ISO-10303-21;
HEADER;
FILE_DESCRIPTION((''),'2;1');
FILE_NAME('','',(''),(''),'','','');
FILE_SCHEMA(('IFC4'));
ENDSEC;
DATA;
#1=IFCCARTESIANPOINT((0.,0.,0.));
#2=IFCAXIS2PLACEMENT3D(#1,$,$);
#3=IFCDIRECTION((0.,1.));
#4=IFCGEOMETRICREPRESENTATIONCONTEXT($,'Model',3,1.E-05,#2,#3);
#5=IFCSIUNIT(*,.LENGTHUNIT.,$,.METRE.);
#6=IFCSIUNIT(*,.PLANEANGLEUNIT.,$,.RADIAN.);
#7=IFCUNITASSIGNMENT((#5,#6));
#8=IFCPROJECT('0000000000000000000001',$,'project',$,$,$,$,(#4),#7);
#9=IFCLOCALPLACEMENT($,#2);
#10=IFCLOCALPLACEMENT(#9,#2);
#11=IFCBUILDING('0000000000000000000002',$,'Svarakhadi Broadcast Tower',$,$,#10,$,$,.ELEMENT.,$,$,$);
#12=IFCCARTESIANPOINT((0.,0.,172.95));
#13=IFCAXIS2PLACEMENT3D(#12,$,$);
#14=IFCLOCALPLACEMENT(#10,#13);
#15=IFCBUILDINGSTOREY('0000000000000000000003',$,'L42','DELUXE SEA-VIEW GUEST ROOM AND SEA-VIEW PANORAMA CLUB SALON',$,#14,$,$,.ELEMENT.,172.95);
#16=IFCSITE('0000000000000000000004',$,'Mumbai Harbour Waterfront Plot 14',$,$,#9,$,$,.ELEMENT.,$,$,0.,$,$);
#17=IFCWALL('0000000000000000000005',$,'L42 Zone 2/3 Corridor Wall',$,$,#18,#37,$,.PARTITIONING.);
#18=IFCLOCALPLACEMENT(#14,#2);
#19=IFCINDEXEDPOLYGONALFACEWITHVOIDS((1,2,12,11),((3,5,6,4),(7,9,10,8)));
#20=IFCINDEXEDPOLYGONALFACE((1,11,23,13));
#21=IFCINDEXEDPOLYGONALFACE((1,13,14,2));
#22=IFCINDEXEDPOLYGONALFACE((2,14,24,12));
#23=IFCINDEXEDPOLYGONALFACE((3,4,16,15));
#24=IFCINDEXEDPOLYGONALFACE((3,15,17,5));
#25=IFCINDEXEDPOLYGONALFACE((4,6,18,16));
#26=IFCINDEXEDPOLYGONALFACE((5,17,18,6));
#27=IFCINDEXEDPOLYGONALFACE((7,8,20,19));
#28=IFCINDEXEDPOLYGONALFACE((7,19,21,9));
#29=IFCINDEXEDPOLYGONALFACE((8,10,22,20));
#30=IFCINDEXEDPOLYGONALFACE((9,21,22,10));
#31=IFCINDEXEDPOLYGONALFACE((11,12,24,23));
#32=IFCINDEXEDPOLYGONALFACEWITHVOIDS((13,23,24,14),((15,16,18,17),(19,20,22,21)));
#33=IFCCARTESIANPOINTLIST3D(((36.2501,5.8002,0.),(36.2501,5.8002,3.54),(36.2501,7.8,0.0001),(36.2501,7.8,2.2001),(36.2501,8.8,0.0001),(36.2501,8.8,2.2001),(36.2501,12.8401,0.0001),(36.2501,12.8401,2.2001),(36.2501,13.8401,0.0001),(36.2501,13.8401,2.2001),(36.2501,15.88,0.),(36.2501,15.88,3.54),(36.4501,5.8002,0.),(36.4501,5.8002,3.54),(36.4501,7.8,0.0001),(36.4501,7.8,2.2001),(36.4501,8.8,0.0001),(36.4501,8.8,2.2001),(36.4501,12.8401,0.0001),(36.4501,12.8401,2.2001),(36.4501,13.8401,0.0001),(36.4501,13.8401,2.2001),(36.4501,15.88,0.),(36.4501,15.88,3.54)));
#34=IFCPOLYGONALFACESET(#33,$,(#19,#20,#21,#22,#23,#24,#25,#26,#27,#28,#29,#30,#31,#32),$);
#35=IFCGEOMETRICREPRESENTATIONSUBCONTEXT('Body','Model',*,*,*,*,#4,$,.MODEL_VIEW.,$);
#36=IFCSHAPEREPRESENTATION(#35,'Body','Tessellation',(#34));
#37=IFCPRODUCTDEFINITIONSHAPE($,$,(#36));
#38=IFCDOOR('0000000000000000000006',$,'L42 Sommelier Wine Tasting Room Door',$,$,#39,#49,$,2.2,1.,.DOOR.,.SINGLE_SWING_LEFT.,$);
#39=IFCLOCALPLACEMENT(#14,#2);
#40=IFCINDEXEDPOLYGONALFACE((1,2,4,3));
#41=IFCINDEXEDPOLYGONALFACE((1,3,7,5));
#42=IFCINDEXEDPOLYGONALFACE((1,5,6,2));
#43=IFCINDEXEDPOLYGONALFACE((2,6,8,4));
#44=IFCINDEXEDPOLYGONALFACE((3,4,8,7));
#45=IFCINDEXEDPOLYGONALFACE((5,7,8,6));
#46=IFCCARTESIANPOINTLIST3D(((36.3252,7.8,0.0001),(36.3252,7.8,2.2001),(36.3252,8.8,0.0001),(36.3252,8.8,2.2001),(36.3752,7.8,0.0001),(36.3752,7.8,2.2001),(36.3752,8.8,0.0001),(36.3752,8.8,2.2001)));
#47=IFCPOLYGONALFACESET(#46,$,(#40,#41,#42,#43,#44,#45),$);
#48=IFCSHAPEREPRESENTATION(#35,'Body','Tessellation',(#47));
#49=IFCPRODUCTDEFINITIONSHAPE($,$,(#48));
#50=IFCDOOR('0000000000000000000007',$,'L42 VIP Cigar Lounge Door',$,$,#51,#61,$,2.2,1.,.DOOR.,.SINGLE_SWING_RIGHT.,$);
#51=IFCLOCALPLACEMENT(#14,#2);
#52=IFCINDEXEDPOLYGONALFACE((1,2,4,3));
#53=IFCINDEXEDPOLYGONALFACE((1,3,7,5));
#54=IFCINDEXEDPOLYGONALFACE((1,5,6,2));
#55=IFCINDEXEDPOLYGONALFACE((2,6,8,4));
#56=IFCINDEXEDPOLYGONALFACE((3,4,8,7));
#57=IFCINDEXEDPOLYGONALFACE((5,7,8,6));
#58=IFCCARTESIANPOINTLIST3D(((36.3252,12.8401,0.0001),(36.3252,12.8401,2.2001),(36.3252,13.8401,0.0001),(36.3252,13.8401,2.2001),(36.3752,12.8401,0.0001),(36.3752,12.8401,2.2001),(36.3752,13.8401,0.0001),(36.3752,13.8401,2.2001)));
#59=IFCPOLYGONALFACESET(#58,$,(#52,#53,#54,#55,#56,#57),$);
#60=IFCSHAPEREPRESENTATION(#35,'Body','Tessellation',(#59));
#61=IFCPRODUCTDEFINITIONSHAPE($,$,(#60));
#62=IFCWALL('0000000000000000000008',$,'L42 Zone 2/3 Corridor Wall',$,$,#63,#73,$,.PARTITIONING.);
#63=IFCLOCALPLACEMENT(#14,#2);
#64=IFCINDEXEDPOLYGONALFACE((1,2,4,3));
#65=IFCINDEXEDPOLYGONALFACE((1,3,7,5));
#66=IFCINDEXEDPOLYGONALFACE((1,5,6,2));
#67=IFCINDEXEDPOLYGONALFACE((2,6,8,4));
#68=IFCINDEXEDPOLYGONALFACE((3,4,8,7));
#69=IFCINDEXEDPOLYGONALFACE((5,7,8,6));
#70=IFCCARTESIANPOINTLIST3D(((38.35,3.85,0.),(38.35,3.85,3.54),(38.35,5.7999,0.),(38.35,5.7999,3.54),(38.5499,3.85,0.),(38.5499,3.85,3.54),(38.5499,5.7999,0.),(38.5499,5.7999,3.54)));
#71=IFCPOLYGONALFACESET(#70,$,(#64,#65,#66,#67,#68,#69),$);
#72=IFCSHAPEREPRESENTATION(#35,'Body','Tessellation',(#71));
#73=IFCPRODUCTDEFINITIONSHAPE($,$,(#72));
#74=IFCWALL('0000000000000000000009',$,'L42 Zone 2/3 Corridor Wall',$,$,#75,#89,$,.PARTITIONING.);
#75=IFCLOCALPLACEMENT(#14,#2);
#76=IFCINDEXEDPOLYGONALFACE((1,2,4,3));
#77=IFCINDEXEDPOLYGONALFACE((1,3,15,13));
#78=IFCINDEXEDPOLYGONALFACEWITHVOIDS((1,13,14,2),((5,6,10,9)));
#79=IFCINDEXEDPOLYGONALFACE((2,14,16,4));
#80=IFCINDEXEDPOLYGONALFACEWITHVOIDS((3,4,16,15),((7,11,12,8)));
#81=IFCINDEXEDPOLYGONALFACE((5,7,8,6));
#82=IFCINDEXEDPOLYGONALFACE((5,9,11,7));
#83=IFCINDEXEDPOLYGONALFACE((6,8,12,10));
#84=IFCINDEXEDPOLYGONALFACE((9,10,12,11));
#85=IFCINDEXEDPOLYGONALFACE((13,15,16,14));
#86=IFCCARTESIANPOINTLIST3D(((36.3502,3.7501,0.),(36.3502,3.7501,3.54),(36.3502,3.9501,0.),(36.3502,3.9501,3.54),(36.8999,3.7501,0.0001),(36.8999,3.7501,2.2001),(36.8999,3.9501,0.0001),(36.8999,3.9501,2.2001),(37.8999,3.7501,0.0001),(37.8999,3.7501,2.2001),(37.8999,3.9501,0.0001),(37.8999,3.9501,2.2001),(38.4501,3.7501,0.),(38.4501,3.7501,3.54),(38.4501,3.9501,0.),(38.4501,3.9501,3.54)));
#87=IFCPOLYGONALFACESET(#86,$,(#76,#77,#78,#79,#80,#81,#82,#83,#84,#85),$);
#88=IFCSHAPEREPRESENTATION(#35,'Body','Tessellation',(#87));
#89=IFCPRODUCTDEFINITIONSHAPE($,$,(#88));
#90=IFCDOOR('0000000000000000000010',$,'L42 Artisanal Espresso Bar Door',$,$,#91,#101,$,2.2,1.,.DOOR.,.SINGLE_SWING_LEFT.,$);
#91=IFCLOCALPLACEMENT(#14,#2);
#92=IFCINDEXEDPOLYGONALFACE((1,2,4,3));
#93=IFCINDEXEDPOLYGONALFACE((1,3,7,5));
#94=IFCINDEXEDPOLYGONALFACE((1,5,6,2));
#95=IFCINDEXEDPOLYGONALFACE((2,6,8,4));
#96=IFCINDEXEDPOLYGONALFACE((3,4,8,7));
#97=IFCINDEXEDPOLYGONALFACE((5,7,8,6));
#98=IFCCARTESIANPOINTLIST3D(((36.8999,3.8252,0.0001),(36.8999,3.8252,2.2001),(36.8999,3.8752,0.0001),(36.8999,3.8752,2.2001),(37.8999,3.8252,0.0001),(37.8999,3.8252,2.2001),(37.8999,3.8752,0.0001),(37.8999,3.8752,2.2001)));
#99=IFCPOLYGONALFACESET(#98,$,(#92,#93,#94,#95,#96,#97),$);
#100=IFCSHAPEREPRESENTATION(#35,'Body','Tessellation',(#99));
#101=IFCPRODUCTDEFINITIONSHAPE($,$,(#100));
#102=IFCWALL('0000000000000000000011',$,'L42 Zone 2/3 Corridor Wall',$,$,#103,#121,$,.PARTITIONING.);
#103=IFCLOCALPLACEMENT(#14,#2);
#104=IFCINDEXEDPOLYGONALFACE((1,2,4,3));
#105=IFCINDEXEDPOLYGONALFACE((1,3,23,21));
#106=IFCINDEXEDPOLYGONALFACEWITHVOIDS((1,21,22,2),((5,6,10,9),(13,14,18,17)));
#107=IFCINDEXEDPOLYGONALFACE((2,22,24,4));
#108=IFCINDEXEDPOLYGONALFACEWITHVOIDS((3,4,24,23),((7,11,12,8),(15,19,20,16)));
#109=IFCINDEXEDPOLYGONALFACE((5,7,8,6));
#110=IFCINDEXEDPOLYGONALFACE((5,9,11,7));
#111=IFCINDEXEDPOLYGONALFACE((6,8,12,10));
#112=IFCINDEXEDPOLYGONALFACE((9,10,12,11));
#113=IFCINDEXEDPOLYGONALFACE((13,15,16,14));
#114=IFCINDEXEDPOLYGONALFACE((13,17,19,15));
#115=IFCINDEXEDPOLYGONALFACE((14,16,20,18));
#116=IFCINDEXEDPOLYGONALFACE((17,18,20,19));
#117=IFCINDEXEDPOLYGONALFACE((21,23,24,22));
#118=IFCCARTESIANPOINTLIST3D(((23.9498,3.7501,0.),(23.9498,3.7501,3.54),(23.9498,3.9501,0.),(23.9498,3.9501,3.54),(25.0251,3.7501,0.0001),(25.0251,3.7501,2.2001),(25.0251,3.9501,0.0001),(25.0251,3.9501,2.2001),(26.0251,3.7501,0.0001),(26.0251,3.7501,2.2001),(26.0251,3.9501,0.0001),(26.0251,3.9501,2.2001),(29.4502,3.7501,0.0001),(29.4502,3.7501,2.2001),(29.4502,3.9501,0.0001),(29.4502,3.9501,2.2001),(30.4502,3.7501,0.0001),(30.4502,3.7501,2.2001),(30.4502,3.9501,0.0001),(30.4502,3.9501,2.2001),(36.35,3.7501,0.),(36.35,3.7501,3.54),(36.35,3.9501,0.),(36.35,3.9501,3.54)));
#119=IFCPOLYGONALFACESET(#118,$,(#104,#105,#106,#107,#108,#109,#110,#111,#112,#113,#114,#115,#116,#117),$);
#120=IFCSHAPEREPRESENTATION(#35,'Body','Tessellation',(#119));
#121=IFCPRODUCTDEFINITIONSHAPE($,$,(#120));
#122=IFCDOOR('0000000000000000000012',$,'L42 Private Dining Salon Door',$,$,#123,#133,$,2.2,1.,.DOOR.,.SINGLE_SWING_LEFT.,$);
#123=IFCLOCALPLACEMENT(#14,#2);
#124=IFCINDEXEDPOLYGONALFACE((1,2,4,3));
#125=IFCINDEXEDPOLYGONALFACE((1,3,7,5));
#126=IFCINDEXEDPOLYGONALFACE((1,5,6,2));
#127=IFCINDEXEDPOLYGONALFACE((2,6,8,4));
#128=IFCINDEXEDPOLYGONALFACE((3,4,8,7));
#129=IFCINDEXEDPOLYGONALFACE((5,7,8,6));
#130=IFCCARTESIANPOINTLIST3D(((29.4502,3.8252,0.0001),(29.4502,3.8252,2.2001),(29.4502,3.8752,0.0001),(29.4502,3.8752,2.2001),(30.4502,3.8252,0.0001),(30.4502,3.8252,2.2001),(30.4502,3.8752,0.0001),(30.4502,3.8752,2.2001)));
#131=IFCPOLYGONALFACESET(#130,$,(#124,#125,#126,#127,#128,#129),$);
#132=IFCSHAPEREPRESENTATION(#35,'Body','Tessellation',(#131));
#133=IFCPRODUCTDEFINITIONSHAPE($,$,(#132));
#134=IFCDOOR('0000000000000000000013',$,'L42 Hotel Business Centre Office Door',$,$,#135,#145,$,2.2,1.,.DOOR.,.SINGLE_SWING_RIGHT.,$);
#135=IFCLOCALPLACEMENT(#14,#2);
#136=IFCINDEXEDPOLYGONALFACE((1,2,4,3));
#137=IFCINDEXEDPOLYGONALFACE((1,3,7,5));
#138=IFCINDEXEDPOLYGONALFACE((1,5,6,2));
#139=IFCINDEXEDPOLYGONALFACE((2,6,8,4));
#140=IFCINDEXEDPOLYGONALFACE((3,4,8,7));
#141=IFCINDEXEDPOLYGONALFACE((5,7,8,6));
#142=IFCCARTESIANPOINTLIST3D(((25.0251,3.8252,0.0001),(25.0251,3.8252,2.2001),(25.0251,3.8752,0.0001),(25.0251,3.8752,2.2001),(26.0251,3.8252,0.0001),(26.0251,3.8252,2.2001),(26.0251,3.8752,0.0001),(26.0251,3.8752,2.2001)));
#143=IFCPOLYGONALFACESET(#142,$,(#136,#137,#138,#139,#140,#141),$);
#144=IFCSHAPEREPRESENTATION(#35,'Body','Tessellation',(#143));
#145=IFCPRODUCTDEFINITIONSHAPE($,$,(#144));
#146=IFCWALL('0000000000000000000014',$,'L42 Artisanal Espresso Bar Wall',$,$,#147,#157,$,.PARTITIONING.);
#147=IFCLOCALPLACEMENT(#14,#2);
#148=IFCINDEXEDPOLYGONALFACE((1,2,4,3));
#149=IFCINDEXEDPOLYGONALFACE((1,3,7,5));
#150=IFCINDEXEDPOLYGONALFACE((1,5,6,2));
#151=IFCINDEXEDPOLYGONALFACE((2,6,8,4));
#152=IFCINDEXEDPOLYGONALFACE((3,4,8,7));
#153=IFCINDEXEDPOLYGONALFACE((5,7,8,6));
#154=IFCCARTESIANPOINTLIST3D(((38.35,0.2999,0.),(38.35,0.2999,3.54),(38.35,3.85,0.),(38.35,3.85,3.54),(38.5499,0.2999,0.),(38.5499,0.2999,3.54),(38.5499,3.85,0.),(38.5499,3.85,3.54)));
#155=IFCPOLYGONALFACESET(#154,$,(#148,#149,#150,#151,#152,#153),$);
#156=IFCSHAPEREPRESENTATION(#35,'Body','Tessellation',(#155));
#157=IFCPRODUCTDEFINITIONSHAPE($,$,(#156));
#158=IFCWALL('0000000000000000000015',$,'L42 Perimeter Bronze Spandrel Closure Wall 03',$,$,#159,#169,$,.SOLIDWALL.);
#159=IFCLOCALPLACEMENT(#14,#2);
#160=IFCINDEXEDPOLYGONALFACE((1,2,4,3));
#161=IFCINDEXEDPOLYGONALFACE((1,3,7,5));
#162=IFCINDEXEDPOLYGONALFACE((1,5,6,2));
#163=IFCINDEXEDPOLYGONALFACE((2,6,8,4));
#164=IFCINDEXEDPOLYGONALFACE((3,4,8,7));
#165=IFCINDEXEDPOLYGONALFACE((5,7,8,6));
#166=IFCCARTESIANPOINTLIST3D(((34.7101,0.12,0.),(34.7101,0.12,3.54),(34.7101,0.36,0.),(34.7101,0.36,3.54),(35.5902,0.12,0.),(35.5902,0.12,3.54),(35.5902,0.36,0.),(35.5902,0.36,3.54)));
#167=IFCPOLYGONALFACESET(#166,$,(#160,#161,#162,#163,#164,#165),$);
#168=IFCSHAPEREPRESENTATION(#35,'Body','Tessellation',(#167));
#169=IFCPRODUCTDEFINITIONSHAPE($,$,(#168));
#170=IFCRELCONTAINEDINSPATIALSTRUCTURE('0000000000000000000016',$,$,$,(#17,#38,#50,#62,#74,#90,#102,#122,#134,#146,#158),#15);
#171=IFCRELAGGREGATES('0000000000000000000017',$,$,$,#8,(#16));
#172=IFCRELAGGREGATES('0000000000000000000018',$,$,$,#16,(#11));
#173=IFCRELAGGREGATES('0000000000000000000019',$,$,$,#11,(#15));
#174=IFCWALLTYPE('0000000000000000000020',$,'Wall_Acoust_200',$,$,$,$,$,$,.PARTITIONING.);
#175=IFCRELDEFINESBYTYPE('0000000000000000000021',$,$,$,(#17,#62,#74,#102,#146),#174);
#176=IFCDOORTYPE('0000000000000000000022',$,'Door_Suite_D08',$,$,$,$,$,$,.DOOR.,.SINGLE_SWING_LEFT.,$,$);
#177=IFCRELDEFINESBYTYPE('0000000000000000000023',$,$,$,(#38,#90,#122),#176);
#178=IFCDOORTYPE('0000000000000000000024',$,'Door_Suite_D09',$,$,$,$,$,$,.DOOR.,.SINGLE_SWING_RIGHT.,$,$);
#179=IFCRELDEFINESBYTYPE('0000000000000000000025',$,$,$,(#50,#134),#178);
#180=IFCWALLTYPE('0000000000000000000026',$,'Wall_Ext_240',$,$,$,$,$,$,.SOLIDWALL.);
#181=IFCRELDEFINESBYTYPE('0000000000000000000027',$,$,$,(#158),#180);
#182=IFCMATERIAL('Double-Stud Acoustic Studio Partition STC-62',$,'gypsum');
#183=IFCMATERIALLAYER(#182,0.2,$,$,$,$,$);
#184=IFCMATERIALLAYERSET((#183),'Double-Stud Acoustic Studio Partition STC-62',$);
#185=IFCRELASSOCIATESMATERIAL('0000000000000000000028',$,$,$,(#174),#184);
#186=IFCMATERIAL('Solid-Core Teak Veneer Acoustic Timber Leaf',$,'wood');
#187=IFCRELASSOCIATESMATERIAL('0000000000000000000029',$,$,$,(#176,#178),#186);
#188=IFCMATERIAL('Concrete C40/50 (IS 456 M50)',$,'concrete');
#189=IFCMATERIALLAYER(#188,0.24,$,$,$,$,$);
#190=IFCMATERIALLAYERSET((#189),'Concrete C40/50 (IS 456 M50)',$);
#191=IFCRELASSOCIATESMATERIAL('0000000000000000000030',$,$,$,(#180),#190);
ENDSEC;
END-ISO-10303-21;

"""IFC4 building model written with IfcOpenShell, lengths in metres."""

from ifc_helpers import new_model, si_unit, direction, frame, frame_2d, origin, place, context, subcontext, project, spatial, rectangle, extrude, material, layer, layer_set, type_object, element, fill, save


model = new_model("IFC4")

# Units and contexts
model_context = context("Model", 3, precision=1e-05, world=origin(), true_north=direction((0.0, 1.0)))
body_context = subcontext(model_context, "Body", "Model", "MODEL_VIEW")
ifc_project = project(units=[si_unit("LENGTHUNIT", "METRE"), si_unit("PLANEANGLEUNIT", "RADIAN")], contexts=[model_context])

# Site, building, storey
site_placement = place(None, origin())
site = spatial("IfcSite", under=ifc_project, at=site_placement, Name="Mumbai Harbour Waterfront Plot 14", CompositionType="ELEMENT", RefElevation=0.0)
building_placement = place(site_placement, origin())
building = spatial("IfcBuilding", under=site, at=building_placement, Name="Svarakhadi Broadcast Tower", CompositionType="ELEMENT")
storey_placement = place(building_placement, frame((0.0, 0.0, 172.95)))
storey = spatial("IfcBuildingStorey", under=building, at=storey_placement, Name="L42", Description="DELUXE SEA-VIEW GUEST ROOM AND SEA-VIEW PANORAMA CLUB SALON", CompositionType="ELEMENT", Elevation=172.95)

# Wall, openings, doors
ifc_material_1 = material(Name="Double-Stud Acoustic Studio Partition STC-62", Category="gypsum")
ifc_layer_1 = layer(ifc_material_1, 0.2)
ifc_layer_set_1 = layer_set([ifc_layer_1], Name="Double-Stud Acoustic Studio Partition STC-62")
wall_type_1 = type_object("IfcWallType", Name="Wall_Acoust_200", PredefinedType="PARTITIONING", material=ifc_layer_set_1)
wall_1_placement = place(storey_placement, frame((36.3501, 5.8, 0.0), z_axis=(0.0, 0.0, 1.0), x_axis=(0.0, 1.0, 0.0)))
wall_1 = element("IfcWall", 1, at=wall_1_placement, inside=storey, type_object=wall_type_1, Name="L42 Zone 2/3 Corridor Wall", PredefinedType="PARTITIONING", context=body_context, shape_type="SweptSolid", body=[
    extrude(rectangle(XDim=10.0798, YDim=0.2, at=frame_2d((5.04, 0.0))), origin(), (0.0, 0.0, 1.0), 3.54),
])
opening_1_placement = place(wall_1_placement, frame((2.0, 0.0, 0.0)))
opening_1 = element("IfcOpeningElement", 2, at=opening_1_placement, cuts=wall_1, PredefinedType="OPENING", context=body_context, shape_type="SweptSolid", body=[
    extrude(rectangle(XDim=1.0, YDim=2.2, at=frame_2d((0.5, 1.1001))), frame((0.0, 0.1099, 0.0), z_axis=(0.0, -1.0, 0.0), x_axis=(1.0, 0.0, 0.0)), (0.0, 0.0, 1.0), 0.22),
])
opening_2_placement = place(wall_1_placement, frame((7.04, 0.0, 0.0)))
opening_2 = element("IfcOpeningElement", 3, at=opening_2_placement, cuts=wall_1, PredefinedType="OPENING", context=body_context, shape_type="SweptSolid", body=[
    extrude(rectangle(XDim=1.0, YDim=2.2, at=frame_2d((0.5, 1.1001))), frame((0.0, 0.1099, 0.0), z_axis=(0.0, -1.0, 0.0), x_axis=(1.0, 0.0, 0.0)), (0.0, 0.0, 1.0), 0.22),
])
ifc_material_2 = material(Name="Solid-Core Teak Veneer Acoustic Timber Leaf", Category="wood")
door_type_1 = type_object("IfcDoorType", Name="Door_Suite_D08", OperationType="SINGLE_SWING_LEFT", PredefinedType="DOOR", material=ifc_material_2)
door_1_placement = place(opening_1_placement, origin())
door_1 = element("IfcDoor", 4, at=door_1_placement, inside=storey, type_object=door_type_1, Name="L42 Sommelier Wine Tasting Room Door", OperationType="SINGLE_SWING_LEFT", OverallHeight=2.2, OverallWidth=1.0, PredefinedType="DOOR", context=body_context, shape_type="SweptSolid", body=[
    extrude(rectangle(XDim=1.0, YDim=2.2, at=frame_2d((0.5, 1.1001))), frame((0.0, 0.0249, 0.0), z_axis=(0.0, -1.0, 0.0), x_axis=(1.0, 0.0, 0.0)), (0.0, 0.0, 1.0), 0.05),
])
fill(opening_1, door_1)
door_type_2 = type_object("IfcDoorType", Name="Door_Suite_D09", OperationType="SINGLE_SWING_RIGHT", PredefinedType="DOOR", material=ifc_material_2)
door_2_placement = place(opening_2_placement, origin())
door_2 = element("IfcDoor", 5, at=door_2_placement, inside=storey, type_object=door_type_2, Name="L42 VIP Cigar Lounge Door", OperationType="SINGLE_SWING_RIGHT", OverallHeight=2.2, OverallWidth=1.0, PredefinedType="DOOR", context=body_context, shape_type="SweptSolid", body=[
    extrude(rectangle(XDim=1.0, YDim=2.2, at=frame_2d((0.5, 1.1001))), frame((0.0, 0.0249, 0.0), z_axis=(0.0, -1.0, 0.0), x_axis=(1.0, 0.0, 0.0)), (0.0, 0.0, 1.0), 0.05),
])
fill(opening_2, door_2)

# Wall
wall_2_placement = place(storey_placement, frame((38.45, 5.8, 0.0), z_axis=(0.0, 0.0, 1.0), x_axis=(0.0, -1.0, 0.0)))
element("IfcWall", 6, at=wall_2_placement, inside=storey, type_object=wall_type_1, Name="L42 Zone 2/3 Corridor Wall", PredefinedType="PARTITIONING", context=body_context, shape_type="SweptSolid", body=[
    extrude(rectangle(XDim=1.95, YDim=0.2, at=frame_2d((0.9751, 0.0))), origin(), (0.0, 0.0, 1.0), 3.54),
])

# Wall, opening, door
wall_3_placement = place(storey_placement, frame((38.45, 3.8501, 0.0), z_axis=(0.0, 0.0, 1.0), x_axis=(-1.0, 0.0, 0.0)))
wall_3 = element("IfcWall", 7, at=wall_3_placement, inside=storey, type_object=wall_type_1, Name="L42 Zone 2/3 Corridor Wall", PredefinedType="PARTITIONING", context=body_context, shape_type="SweptSolid", body=[
    extrude(rectangle(XDim=2.0999, YDim=0.2, at=frame_2d((1.0498, 0.0))), origin(), (0.0, 0.0, 1.0), 3.54),
])
opening_3_placement = place(wall_3_placement, frame((0.55, 0.0, 0.0)))
opening_3 = element("IfcOpeningElement", 8, at=opening_3_placement, cuts=wall_3, PredefinedType="OPENING", context=body_context, shape_type="SweptSolid", body=[
    extrude(rectangle(XDim=1.0, YDim=2.2, at=frame_2d((0.5, 1.1001))), frame((0.0, 0.1099, 0.0), z_axis=(0.0, -1.0, 0.0), x_axis=(1.0, 0.0, 0.0)), (0.0, 0.0, 1.0), 0.22),
])
door_3_placement = place(opening_3_placement, origin())
door_3 = element("IfcDoor", 9, at=door_3_placement, inside=storey, type_object=door_type_1, Name="L42 Artisanal Espresso Bar Door", OperationType="SINGLE_SWING_LEFT", OverallHeight=2.2, OverallWidth=1.0, PredefinedType="DOOR", context=body_context, shape_type="SweptSolid", body=[
    extrude(rectangle(XDim=1.0, YDim=2.2, at=frame_2d((0.5, 1.1001))), frame((0.0, 0.0249, 0.0), z_axis=(0.0, -1.0, 0.0), x_axis=(1.0, 0.0, 0.0)), (0.0, 0.0, 1.0), 0.05),
])
fill(opening_3, door_3)

# Wall, openings, doors
wall_4_placement = place(storey_placement, frame((36.3501, 3.8501, 0.0), z_axis=(0.0, 0.0, 1.0), x_axis=(-1.0, 0.0, 0.0)))
wall_4 = element("IfcWall", 10, at=wall_4_placement, inside=storey, type_object=wall_type_1, Name="L42 Zone 2/3 Corridor Wall", PredefinedType="PARTITIONING", context=body_context, shape_type="SweptSolid", body=[
    extrude(rectangle(XDim=12.4001, YDim=0.2, at=frame_2d((6.2002, 0.0))), origin(), (0.0, 0.0, 1.0), 3.54),
])
opening_4_placement = place(wall_4_placement, frame((10.325, 0.0, 0.0)))
opening_4 = element("IfcOpeningElement", 11, at=opening_4_placement, cuts=wall_4, PredefinedType="OPENING", context=body_context, shape_type="SweptSolid", body=[
    extrude(rectangle(XDim=1.0, YDim=2.2, at=frame_2d((0.5, 1.1001))), frame((0.0, 0.1099, 0.0), z_axis=(0.0, -1.0, 0.0), x_axis=(1.0, 0.0, 0.0)), (0.0, 0.0, 1.0), 0.22),
])
opening_5_placement = place(wall_4_placement, frame((5.8999, 0.0, 0.0)))
opening_5 = element("IfcOpeningElement", 12, at=opening_5_placement, cuts=wall_4, PredefinedType="OPENING", context=body_context, shape_type="SweptSolid", body=[
    extrude(rectangle(XDim=1.0, YDim=2.2, at=frame_2d((0.5, 1.1001))), frame((0.0, 0.1099, 0.0), z_axis=(0.0, -1.0, 0.0), x_axis=(1.0, 0.0, 0.0)), (0.0, 0.0, 1.0), 0.22),
])
door_4_placement = place(opening_5_placement, origin())
door_4 = element("IfcDoor", 13, at=door_4_placement, inside=storey, type_object=door_type_1, Name="L42 Private Dining Salon Door", OperationType="SINGLE_SWING_LEFT", OverallHeight=2.2, OverallWidth=1.0, PredefinedType="DOOR", context=body_context, shape_type="SweptSolid", body=[
    extrude(rectangle(XDim=1.0, YDim=2.2, at=frame_2d((0.5, 1.1001))), frame((0.0, 0.0249, 0.0), z_axis=(0.0, -1.0, 0.0), x_axis=(1.0, 0.0, 0.0)), (0.0, 0.0, 1.0), 0.05),
])
fill(opening_5, door_4)
door_5_placement = place(opening_4_placement, origin())
door_5 = element("IfcDoor", 14, at=door_5_placement, inside=storey, type_object=door_type_2, Name="L42 Hotel Business Centre Office Door", OperationType="SINGLE_SWING_RIGHT", OverallHeight=2.2, OverallWidth=1.0, PredefinedType="DOOR", context=body_context, shape_type="SweptSolid", body=[
    extrude(rectangle(XDim=1.0, YDim=2.2, at=frame_2d((0.5, 1.1001))), frame((0.0, 0.0249, 0.0), z_axis=(0.0, -1.0, 0.0), x_axis=(1.0, 0.0, 0.0)), (0.0, 0.0, 1.0), 0.05),
])
fill(opening_4, door_5)

# Walls
wall_5_placement = place(storey_placement, frame((38.45, 0.3, 0.0), z_axis=(0.0, 0.0, 1.0), x_axis=(0.0, 1.0, 0.0)))
element("IfcWall", 15, at=wall_5_placement, inside=storey, type_object=wall_type_1, Name="L42 Artisanal Espresso Bar Wall", PredefinedType="PARTITIONING", context=body_context, shape_type="SweptSolid", body=[
    extrude(rectangle(XDim=3.55, YDim=0.2, at=frame_2d((1.7749, 0.0))), origin(), (0.0, 0.0, 1.0), 3.54),
])
ifc_material_3 = material(Name="Concrete C40/50 (IS 456 M50)", Category="concrete")
ifc_layer_2 = layer(ifc_material_3, 0.24)
ifc_layer_set_2 = layer_set([ifc_layer_2], Name="Concrete C40/50 (IS 456 M50)")
wall_type_2 = type_object("IfcWallType", Name="Wall_Ext_240", PredefinedType="SOLIDWALL", material=ifc_layer_set_2)
wall_6_placement = place(storey_placement, frame((35.5901, 0.24, 0.0), z_axis=(0.0, 0.0, 1.0), x_axis=(-1.0, 0.0, 0.0)))
element("IfcWall", 16, at=wall_6_placement, inside=storey, type_object=wall_type_2, Name="L42 Perimeter Bronze Spandrel Closure Wall 03", PredefinedType="SOLIDWALL", context=body_context, shape_type="SweptSolid", body=[
    extrude(rectangle(XDim=0.8801, YDim=0.24, at=frame_2d((0.4399, 0.0))), origin(), (0.0, 0.0, 1.0), 3.54),
])

save(model, "model.ifc")
